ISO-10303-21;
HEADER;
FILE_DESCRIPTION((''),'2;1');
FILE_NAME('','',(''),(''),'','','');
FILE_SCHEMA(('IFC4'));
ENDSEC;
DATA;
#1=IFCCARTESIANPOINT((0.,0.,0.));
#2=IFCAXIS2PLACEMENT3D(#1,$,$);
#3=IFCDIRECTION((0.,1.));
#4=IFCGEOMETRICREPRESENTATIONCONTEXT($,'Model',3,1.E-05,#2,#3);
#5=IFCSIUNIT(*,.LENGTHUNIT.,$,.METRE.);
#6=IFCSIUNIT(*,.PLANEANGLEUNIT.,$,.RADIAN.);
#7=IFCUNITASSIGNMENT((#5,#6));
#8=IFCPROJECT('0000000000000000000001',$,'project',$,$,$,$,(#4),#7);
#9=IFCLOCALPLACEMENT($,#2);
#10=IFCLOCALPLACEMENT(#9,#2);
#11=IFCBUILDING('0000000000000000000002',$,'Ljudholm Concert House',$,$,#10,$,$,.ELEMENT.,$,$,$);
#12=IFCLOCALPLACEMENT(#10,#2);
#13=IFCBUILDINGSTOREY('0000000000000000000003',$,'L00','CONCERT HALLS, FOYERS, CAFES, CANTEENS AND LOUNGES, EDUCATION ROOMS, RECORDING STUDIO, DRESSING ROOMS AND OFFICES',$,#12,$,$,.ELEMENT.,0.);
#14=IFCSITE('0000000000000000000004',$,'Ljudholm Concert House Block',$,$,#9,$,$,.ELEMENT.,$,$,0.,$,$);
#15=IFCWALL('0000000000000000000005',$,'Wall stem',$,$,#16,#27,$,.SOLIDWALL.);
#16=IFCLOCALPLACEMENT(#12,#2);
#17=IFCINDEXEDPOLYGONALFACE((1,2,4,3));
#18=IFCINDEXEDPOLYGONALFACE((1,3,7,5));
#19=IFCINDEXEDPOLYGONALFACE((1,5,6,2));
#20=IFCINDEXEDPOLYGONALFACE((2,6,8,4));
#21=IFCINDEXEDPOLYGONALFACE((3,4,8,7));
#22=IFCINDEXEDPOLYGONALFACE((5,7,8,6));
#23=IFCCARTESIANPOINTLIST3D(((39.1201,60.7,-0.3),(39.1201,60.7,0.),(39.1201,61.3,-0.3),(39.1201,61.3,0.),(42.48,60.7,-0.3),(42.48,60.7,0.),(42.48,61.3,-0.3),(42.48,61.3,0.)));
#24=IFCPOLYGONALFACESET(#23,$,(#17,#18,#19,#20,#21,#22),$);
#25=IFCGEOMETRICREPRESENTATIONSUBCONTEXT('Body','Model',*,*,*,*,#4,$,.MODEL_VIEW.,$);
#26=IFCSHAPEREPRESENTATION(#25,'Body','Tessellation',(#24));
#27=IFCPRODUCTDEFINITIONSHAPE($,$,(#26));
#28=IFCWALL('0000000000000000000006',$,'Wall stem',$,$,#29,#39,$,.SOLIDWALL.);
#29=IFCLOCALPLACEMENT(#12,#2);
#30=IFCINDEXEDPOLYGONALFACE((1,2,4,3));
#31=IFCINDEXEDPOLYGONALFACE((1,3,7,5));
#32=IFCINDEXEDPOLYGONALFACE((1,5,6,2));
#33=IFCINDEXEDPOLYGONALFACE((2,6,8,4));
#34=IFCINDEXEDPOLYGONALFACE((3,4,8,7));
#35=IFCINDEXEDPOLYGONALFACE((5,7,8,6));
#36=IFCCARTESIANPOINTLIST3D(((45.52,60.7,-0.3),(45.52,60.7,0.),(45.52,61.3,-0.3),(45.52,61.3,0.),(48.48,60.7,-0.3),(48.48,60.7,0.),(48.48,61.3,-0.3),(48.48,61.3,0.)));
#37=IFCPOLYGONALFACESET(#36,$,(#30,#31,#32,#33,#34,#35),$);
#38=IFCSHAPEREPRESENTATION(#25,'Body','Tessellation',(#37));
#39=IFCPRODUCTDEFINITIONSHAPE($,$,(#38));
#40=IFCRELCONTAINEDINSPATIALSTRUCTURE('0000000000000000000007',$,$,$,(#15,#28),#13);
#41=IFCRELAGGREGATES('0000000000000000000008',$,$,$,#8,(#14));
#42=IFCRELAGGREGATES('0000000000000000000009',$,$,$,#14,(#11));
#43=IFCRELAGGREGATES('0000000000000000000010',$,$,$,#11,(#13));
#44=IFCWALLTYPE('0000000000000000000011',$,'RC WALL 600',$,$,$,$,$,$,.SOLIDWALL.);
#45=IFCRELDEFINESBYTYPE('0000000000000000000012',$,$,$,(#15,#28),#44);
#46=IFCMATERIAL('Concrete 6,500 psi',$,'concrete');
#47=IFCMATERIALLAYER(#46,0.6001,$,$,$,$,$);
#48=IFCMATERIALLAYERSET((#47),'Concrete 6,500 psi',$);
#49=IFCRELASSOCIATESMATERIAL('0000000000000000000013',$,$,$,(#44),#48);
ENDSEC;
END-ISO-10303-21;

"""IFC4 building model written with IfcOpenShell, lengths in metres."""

from ifc_helpers import new_model, si_unit, direction, frame, frame_2d, origin, place, context, subcontext, project, spatial, rectangle, extrude, material, layer, layer_set, type_object, element, save


model = new_model("IFC4")

# Units and contexts
model_context = context("Model", 3, precision=1e-05, world=origin(), true_north=direction((0.0, 1.0)))
body_context = subcontext(model_context, "Body", "Model", "MODEL_VIEW")
ifc_project = project(units=[si_unit("LENGTHUNIT", "METRE"), si_unit("PLANEANGLEUNIT", "RADIAN")], contexts=[model_context])

# Site, building, storey
site_placement = place(None, origin())
site = spatial("IfcSite", under=ifc_project, at=site_placement, Name="Ljudholm Concert House Block", CompositionType="ELEMENT", RefElevation=0.0)
building_placement = place(site_placement, origin())
building = spatial("IfcBuilding", under=site, at=building_placement, Name="Ljudholm Concert House", CompositionType="ELEMENT")
storey_placement = place(building_placement, origin())
storey = spatial("IfcBuildingStorey", under=building, at=storey_placement, Name="L00", Description="CONCERT HALLS, FOYERS, CAFES, CANTEENS AND LOUNGES, EDUCATION ROOMS, RECORDING STUDIO, DRESSING ROOMS AND OFFICES", CompositionType="ELEMENT", Elevation=0.0)

# Shared definitions
ifc_material_1 = material(Name="Concrete 6,500 psi", Category="concrete")
ifc_layer_1 = layer(ifc_material_1, 0.6001)
ifc_layer_set_1 = layer_set([ifc_layer_1], Name="Concrete 6,500 psi")
wall_type_1 = type_object("IfcWallType", Name="RC WALL 600", PredefinedType="SOLIDWALL", material=ifc_layer_set_1)

# Walls
wall_1_placement = place(storey_placement, frame((39.1201, 61.0, -0.3), z_axis=(0.0, 0.0, 1.0), x_axis=(1.0, 0.0, 0.0)))
element("IfcWall", 1, at=wall_1_placement, inside=storey, type_object=wall_type_1, Name="Wall stem", PredefinedType="SOLIDWALL", context=body_context, shape_type="SweptSolid", body=[
    extrude(rectangle(XDim=3.3599, YDim=0.6001, at=frame_2d((1.6799, 0.0))), origin(), (0.0, 0.0, 1.0), 0.3),
])
wall_2_placement = place(storey_placement, frame((45.52, 61.0, -0.3), z_axis=(0.0, 0.0, 1.0), x_axis=(1.0, 0.0, 0.0)))
element("IfcWall", 2, at=wall_2_placement, inside=storey, type_object=wall_type_1, Name="Wall stem", PredefinedType="SOLIDWALL", context=body_context, shape_type="SweptSolid", body=[
    extrude(rectangle(XDim=2.96, YDim=0.6001, at=frame_2d((1.48, 0.0))), origin(), (0.0, 0.0, 1.0), 0.3),
])

save(model, "model.ifc")
